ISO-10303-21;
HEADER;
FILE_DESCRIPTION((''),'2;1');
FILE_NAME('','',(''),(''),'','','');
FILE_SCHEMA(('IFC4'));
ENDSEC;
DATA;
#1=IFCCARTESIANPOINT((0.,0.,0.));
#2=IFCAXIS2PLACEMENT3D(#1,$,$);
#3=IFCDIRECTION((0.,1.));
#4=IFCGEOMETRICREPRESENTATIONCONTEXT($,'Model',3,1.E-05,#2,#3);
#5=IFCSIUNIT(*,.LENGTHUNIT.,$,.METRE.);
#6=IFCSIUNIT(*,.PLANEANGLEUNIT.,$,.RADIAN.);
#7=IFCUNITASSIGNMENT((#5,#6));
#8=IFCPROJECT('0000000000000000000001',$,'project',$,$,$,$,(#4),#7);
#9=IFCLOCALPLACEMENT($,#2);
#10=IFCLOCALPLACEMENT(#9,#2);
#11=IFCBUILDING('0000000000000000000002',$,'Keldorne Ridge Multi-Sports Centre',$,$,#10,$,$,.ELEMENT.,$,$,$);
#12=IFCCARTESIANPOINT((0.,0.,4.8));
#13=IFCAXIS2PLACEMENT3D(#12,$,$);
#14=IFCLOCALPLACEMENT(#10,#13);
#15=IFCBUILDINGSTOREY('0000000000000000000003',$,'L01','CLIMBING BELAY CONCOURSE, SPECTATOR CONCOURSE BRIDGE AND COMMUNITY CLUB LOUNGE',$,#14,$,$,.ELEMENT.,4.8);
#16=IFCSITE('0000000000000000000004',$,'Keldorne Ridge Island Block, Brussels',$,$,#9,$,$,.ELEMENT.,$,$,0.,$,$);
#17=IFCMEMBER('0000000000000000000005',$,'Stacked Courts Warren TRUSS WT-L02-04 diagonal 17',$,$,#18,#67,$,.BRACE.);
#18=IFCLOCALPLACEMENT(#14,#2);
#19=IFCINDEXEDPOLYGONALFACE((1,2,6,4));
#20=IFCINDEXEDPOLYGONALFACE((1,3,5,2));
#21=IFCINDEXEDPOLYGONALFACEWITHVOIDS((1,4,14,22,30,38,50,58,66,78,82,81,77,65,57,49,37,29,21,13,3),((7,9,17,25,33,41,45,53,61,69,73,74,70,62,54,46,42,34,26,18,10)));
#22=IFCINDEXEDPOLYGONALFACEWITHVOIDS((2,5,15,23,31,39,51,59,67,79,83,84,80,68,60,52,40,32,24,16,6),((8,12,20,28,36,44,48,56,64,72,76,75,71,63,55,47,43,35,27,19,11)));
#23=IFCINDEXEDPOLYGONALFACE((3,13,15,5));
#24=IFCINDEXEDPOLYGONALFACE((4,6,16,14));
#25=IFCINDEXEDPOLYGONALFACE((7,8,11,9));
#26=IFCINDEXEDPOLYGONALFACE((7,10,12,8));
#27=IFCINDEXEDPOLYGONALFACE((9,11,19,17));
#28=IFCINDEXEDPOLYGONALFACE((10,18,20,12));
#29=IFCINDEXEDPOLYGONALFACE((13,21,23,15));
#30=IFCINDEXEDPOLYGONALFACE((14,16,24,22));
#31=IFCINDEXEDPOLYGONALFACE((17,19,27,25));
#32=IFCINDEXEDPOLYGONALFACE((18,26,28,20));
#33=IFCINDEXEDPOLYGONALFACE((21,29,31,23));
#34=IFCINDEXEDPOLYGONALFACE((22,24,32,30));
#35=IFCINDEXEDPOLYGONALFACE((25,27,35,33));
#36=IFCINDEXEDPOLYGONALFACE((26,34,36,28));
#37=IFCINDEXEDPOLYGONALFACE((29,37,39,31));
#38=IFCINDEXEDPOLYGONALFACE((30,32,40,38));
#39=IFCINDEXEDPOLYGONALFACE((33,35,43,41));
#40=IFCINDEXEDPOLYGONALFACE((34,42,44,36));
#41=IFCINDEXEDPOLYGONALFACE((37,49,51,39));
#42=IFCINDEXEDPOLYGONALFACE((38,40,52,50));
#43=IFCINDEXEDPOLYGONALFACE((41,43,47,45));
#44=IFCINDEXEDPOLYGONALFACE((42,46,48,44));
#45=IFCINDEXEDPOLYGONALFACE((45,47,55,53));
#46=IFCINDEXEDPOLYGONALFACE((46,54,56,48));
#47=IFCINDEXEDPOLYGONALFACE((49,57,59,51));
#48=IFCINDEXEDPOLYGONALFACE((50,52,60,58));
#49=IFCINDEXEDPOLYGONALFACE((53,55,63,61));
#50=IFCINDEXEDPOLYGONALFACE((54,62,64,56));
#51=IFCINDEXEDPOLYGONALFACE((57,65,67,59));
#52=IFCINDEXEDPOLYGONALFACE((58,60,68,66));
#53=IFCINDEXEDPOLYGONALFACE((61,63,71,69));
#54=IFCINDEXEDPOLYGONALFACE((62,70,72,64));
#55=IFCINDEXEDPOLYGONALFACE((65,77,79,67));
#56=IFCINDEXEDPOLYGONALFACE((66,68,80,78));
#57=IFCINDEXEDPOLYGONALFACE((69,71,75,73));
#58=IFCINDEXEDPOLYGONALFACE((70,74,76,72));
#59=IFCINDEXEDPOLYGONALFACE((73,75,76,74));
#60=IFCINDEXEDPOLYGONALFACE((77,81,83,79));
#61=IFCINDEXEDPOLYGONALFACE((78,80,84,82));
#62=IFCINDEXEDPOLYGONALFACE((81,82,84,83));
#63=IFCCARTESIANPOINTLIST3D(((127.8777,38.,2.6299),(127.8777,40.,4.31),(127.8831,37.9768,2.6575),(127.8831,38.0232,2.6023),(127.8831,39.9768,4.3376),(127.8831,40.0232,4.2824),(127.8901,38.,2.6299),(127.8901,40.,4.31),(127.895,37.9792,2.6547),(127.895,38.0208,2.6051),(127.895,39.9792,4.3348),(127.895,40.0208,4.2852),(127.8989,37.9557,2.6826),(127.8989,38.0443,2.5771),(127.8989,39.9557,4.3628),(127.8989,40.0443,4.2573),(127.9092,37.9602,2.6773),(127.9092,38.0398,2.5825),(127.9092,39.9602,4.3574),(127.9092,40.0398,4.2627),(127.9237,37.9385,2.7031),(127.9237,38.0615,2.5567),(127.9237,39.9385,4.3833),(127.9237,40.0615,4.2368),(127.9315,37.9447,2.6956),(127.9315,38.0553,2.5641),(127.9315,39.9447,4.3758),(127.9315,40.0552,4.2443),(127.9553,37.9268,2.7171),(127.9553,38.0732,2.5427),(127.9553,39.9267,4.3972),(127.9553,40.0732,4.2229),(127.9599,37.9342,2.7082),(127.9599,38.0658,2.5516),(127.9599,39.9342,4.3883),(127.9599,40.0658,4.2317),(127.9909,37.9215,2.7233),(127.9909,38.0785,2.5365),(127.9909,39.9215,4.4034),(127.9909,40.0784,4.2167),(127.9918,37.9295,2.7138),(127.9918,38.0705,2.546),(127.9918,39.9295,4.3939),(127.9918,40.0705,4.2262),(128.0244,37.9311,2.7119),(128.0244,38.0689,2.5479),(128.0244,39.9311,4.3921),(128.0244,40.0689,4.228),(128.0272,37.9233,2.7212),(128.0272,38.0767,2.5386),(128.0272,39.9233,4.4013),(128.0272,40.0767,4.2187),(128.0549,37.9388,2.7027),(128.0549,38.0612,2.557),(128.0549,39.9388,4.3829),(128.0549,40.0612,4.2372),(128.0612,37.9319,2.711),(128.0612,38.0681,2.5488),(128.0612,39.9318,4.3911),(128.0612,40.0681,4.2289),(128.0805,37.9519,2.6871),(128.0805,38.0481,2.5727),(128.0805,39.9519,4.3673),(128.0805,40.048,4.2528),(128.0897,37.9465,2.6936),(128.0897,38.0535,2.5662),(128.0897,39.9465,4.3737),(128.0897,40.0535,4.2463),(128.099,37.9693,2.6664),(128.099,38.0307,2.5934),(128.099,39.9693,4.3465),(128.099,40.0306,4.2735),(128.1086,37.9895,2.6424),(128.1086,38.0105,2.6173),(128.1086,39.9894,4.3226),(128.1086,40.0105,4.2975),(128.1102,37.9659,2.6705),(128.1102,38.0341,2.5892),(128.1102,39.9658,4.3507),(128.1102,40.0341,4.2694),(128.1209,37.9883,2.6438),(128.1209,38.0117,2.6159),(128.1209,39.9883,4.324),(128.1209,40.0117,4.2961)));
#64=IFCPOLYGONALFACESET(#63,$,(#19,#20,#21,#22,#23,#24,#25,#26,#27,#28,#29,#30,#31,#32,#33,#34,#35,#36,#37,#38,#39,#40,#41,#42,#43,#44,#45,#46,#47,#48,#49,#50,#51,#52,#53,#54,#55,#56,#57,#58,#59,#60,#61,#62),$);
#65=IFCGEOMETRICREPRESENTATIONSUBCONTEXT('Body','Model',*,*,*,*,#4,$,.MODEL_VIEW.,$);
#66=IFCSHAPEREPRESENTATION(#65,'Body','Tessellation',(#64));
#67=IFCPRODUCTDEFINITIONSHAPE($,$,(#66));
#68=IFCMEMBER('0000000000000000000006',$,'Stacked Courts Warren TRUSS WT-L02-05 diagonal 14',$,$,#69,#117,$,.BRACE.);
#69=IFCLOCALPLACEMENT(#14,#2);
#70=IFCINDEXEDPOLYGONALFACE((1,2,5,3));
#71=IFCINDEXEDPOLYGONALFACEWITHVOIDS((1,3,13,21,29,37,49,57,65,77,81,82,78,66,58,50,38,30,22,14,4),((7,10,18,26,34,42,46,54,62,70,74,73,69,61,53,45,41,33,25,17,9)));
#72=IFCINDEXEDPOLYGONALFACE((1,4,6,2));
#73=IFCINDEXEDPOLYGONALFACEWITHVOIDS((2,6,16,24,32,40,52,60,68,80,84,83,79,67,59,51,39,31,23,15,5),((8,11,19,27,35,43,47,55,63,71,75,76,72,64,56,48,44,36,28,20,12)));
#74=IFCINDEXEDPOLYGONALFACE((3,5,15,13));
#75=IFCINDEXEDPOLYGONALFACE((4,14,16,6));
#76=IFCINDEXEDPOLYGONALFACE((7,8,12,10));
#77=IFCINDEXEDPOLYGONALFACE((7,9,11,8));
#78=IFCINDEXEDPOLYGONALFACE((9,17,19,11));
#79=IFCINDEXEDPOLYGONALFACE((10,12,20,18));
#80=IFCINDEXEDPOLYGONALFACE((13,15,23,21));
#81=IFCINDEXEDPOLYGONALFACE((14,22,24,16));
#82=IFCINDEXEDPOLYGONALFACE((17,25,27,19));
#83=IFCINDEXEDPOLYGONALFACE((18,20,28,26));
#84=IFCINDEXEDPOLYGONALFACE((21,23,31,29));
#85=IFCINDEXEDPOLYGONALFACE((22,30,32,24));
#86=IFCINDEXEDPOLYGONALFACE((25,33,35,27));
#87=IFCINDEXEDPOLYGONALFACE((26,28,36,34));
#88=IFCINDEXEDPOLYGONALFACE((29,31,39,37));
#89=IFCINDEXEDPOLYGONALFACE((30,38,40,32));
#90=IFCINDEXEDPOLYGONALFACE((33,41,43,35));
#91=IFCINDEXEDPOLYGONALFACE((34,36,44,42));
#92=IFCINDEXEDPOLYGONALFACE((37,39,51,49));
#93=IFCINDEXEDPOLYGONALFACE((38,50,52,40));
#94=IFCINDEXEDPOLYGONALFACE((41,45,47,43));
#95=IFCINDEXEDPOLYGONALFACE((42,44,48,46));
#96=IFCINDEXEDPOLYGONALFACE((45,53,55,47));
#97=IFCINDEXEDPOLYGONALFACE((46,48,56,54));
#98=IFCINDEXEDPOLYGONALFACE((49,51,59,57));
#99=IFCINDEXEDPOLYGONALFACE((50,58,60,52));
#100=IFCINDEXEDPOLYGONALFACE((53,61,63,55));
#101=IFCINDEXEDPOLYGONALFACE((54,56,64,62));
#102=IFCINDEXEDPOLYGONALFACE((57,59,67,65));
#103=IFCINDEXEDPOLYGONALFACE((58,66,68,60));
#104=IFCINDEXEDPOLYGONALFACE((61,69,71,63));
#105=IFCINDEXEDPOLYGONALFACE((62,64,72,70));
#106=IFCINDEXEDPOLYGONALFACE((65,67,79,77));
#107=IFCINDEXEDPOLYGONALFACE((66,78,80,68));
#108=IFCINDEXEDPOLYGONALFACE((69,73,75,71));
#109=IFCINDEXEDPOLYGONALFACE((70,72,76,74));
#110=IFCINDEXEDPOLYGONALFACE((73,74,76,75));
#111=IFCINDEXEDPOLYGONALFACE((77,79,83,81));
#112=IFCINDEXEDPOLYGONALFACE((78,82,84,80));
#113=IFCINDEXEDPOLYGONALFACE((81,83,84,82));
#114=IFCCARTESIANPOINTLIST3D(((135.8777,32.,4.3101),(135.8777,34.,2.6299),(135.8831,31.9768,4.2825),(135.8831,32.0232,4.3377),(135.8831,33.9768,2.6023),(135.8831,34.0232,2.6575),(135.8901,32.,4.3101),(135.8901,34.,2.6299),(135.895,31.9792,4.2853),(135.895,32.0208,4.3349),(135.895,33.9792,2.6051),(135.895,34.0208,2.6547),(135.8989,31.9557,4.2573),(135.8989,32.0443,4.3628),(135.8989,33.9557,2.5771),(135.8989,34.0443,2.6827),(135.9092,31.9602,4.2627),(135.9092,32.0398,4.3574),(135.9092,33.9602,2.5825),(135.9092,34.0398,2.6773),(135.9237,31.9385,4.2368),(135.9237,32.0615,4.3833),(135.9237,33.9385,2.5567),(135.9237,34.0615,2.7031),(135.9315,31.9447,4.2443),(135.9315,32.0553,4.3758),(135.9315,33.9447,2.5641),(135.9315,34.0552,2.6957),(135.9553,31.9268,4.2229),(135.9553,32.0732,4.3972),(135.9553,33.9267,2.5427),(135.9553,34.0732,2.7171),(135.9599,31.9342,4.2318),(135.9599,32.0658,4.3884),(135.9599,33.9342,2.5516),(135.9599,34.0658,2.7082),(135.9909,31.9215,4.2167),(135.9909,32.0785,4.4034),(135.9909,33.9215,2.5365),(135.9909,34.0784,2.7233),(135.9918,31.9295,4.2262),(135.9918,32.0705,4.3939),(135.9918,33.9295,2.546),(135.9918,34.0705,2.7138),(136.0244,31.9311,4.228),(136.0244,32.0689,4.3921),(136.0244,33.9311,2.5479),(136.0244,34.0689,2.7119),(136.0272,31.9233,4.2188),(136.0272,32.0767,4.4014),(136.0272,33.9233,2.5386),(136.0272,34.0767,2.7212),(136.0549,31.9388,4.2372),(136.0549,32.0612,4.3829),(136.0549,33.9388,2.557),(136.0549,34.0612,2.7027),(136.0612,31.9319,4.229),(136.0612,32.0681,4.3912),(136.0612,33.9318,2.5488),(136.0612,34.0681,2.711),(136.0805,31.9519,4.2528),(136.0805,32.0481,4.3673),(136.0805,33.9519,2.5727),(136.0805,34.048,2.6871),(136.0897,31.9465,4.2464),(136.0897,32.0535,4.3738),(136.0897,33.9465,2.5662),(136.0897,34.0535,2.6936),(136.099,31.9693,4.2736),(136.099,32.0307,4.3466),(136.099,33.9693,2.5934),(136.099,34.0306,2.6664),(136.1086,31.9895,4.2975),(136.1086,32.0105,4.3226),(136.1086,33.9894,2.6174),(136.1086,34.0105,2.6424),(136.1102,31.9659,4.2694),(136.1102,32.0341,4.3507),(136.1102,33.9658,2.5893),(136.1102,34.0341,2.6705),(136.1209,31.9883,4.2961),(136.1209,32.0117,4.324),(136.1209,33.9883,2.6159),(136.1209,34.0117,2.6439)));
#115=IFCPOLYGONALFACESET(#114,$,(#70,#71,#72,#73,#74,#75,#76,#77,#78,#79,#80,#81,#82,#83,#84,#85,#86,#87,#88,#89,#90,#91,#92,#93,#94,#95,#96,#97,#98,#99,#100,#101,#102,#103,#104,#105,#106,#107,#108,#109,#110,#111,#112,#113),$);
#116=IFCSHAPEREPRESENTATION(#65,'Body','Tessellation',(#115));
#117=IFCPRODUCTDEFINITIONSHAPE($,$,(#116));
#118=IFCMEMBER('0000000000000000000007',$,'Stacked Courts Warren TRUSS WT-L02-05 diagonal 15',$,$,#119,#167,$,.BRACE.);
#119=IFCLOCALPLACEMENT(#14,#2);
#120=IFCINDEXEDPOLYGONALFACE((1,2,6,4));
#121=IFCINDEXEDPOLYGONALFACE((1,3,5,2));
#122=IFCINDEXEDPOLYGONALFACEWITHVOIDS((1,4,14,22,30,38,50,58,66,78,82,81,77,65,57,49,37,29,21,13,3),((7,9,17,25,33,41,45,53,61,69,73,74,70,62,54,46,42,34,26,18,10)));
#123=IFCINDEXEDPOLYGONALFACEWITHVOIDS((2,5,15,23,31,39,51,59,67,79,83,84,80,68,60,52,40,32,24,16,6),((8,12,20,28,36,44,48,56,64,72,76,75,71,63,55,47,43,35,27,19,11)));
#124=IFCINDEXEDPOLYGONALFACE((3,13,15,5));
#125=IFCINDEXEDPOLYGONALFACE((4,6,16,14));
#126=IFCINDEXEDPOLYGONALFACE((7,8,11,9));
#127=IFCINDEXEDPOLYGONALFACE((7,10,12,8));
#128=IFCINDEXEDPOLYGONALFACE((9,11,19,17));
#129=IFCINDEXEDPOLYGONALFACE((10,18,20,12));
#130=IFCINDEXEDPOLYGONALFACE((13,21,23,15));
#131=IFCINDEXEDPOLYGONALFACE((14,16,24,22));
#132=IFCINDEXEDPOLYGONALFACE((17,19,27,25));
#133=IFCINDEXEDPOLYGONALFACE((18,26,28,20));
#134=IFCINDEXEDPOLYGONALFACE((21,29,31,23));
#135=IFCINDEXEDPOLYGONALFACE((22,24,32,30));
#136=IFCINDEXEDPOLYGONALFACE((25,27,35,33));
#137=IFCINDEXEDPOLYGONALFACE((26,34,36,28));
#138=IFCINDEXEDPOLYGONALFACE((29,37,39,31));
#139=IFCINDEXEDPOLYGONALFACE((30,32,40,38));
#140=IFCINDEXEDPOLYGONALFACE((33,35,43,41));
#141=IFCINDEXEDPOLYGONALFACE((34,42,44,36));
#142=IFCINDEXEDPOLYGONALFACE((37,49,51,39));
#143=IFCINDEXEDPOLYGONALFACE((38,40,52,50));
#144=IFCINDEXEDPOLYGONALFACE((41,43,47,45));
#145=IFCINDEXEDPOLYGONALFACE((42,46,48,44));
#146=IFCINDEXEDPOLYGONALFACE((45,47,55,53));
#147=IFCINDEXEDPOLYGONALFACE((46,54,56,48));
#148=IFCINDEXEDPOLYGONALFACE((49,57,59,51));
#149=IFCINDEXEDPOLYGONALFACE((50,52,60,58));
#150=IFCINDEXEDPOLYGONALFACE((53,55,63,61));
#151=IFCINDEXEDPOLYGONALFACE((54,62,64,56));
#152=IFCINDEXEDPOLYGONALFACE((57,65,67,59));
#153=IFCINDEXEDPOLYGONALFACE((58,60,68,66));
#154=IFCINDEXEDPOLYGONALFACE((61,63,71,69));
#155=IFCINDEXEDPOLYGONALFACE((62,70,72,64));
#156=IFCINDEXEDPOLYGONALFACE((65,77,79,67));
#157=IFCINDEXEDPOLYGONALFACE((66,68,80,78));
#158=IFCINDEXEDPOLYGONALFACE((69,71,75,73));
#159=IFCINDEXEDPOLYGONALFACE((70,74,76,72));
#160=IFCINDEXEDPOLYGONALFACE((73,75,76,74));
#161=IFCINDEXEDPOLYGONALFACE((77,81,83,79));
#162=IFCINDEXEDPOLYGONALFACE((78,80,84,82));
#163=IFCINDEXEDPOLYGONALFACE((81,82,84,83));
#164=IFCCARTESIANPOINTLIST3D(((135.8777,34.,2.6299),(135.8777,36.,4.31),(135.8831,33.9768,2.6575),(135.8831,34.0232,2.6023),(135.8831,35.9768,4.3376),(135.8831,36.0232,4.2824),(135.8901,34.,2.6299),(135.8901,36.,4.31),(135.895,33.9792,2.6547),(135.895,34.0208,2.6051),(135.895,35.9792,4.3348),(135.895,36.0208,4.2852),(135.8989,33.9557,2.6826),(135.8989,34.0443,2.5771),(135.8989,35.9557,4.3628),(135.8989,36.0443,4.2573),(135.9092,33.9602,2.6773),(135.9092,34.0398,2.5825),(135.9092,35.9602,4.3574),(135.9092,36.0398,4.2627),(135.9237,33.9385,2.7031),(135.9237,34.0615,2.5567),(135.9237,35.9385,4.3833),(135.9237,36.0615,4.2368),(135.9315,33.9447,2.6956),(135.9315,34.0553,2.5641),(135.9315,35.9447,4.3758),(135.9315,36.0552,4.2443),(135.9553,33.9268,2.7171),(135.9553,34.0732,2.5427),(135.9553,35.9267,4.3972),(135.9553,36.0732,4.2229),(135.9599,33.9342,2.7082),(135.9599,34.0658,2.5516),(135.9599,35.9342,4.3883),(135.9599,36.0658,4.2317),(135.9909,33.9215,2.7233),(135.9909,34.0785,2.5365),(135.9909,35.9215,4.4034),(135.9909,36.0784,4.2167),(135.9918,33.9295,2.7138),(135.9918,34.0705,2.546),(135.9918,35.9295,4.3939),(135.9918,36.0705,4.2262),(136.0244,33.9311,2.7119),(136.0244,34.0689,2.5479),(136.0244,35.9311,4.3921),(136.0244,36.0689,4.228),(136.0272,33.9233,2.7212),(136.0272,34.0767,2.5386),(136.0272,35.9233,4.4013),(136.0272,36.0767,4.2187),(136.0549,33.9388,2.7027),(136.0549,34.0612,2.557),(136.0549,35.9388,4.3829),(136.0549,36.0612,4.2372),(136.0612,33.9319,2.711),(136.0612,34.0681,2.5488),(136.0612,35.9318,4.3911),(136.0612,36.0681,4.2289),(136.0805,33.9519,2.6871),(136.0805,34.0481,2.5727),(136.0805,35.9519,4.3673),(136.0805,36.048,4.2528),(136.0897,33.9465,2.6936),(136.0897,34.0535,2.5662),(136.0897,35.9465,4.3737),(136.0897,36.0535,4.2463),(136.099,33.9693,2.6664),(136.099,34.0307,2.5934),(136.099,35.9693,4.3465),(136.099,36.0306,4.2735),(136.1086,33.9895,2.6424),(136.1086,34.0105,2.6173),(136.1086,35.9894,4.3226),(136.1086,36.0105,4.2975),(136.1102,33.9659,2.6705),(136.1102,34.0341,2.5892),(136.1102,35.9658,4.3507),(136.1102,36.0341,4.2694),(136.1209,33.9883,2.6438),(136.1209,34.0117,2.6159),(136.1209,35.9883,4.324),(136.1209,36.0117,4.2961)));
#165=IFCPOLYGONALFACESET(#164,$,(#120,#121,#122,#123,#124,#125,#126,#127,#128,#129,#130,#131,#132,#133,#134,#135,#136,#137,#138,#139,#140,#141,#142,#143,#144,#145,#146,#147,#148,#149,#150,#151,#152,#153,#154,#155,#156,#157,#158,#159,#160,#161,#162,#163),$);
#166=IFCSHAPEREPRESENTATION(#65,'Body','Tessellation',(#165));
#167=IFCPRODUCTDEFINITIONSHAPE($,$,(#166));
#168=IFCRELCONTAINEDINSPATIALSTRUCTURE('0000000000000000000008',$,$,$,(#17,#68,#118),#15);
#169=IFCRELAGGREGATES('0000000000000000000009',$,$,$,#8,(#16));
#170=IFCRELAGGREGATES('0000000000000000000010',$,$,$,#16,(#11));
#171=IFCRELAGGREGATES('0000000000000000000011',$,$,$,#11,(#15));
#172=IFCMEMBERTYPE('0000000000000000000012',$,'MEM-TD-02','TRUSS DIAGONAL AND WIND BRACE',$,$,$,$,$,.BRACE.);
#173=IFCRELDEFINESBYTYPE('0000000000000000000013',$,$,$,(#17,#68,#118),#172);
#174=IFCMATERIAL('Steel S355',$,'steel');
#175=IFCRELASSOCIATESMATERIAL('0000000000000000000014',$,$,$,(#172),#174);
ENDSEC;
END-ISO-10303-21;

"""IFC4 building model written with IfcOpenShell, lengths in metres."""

from ifc_helpers import new_model, si_unit, direction, frame, origin, origin_2d, place, context, subcontext, project, spatial, hollow_circle, extrude, material, material_profile, profile_set, type_object, element, save


model = new_model("IFC4")

# Units and contexts
model_context = context("Model", 3, precision=1e-05, world=origin(), true_north=direction((0.0, 1.0)))
body_context = subcontext(model_context, "Body", "Model", "MODEL_VIEW")
ifc_project = project(units=[si_unit("LENGTHUNIT", "METRE"), si_unit("PLANEANGLEUNIT", "RADIAN")], contexts=[model_context])

# Site, building, storey
site_placement = place(None, origin())
site = spatial("IfcSite", under=ifc_project, at=site_placement, Name="Keldorne Ridge Island Block, Brussels", CompositionType="ELEMENT", RefElevation=0.0)
building_placement = place(site_placement, origin())
building = spatial("IfcBuilding", under=site, at=building_placement, Name="Keldorne Ridge Multi-Sports Centre", CompositionType="ELEMENT")
storey_placement = place(building_placement, frame((0.0, 0.0, 4.8)))
storey = spatial("IfcBuildingStorey", under=building, at=storey_placement, Name="L01", Description="CLIMBING BELAY CONCOURSE, SPECTATOR CONCOURSE BRIDGE AND COMMUNITY CLUB LOUNGE", CompositionType="ELEMENT", Elevation=4.8)

# Members
ifc_material = material(Name="Steel S355", Category="steel")
ifc_material_profile_1 = material_profile(ifc_material, hollow_circle(Radius=0.1223, WallThickness=0.0125, at=origin_2d()), Name="CHS 244.5x12.5")
ifc_profile_set_1 = profile_set([ifc_material_profile_1], Name="Steel S355")
member_type_1 = type_object("IfcMemberType", Name="MEM-TD-02", Description="TRUSS DIAGONAL AND WIND BRACE", PredefinedType="BRACE", material=ifc_profile_set_1)
for number, where, z_axis, x_axis, name in (
    (1, (128.0, 38.0, 2.6299), (0.0, 0.765672, 0.643232), (-1.0, 0.0, 0.0), "Stacked Courts Warren TRUSS WT-L02-04 diagonal 17"),
    (2, (136.0, 32.0, 4.3101), (0.0, 0.765672, -0.643232), (-1.0, 0.0, 0.0), "Stacked Courts Warren TRUSS WT-L02-05 diagonal 14"),
    (3, (136.0, 34.0, 2.6299), (0.0, 0.765672, 0.643232), (-1.0, 0.0, 0.0), "Stacked Courts Warren TRUSS WT-L02-05 diagonal 15"),
):
    element("IfcMember", number, at=place(storey_placement, frame(where, z_axis=z_axis, x_axis=x_axis)), inside=storey, type_object=member_type_1, Name=name, PredefinedType="BRACE", context=body_context, shape_type="SweptSolid", body=[
        extrude(hollow_circle(Radius=0.1223, WallThickness=0.0125, at=origin_2d()), origin(), (0.0, 0.0, 1.0), 2.6121),
    ])

save(model, "model.ifc")
